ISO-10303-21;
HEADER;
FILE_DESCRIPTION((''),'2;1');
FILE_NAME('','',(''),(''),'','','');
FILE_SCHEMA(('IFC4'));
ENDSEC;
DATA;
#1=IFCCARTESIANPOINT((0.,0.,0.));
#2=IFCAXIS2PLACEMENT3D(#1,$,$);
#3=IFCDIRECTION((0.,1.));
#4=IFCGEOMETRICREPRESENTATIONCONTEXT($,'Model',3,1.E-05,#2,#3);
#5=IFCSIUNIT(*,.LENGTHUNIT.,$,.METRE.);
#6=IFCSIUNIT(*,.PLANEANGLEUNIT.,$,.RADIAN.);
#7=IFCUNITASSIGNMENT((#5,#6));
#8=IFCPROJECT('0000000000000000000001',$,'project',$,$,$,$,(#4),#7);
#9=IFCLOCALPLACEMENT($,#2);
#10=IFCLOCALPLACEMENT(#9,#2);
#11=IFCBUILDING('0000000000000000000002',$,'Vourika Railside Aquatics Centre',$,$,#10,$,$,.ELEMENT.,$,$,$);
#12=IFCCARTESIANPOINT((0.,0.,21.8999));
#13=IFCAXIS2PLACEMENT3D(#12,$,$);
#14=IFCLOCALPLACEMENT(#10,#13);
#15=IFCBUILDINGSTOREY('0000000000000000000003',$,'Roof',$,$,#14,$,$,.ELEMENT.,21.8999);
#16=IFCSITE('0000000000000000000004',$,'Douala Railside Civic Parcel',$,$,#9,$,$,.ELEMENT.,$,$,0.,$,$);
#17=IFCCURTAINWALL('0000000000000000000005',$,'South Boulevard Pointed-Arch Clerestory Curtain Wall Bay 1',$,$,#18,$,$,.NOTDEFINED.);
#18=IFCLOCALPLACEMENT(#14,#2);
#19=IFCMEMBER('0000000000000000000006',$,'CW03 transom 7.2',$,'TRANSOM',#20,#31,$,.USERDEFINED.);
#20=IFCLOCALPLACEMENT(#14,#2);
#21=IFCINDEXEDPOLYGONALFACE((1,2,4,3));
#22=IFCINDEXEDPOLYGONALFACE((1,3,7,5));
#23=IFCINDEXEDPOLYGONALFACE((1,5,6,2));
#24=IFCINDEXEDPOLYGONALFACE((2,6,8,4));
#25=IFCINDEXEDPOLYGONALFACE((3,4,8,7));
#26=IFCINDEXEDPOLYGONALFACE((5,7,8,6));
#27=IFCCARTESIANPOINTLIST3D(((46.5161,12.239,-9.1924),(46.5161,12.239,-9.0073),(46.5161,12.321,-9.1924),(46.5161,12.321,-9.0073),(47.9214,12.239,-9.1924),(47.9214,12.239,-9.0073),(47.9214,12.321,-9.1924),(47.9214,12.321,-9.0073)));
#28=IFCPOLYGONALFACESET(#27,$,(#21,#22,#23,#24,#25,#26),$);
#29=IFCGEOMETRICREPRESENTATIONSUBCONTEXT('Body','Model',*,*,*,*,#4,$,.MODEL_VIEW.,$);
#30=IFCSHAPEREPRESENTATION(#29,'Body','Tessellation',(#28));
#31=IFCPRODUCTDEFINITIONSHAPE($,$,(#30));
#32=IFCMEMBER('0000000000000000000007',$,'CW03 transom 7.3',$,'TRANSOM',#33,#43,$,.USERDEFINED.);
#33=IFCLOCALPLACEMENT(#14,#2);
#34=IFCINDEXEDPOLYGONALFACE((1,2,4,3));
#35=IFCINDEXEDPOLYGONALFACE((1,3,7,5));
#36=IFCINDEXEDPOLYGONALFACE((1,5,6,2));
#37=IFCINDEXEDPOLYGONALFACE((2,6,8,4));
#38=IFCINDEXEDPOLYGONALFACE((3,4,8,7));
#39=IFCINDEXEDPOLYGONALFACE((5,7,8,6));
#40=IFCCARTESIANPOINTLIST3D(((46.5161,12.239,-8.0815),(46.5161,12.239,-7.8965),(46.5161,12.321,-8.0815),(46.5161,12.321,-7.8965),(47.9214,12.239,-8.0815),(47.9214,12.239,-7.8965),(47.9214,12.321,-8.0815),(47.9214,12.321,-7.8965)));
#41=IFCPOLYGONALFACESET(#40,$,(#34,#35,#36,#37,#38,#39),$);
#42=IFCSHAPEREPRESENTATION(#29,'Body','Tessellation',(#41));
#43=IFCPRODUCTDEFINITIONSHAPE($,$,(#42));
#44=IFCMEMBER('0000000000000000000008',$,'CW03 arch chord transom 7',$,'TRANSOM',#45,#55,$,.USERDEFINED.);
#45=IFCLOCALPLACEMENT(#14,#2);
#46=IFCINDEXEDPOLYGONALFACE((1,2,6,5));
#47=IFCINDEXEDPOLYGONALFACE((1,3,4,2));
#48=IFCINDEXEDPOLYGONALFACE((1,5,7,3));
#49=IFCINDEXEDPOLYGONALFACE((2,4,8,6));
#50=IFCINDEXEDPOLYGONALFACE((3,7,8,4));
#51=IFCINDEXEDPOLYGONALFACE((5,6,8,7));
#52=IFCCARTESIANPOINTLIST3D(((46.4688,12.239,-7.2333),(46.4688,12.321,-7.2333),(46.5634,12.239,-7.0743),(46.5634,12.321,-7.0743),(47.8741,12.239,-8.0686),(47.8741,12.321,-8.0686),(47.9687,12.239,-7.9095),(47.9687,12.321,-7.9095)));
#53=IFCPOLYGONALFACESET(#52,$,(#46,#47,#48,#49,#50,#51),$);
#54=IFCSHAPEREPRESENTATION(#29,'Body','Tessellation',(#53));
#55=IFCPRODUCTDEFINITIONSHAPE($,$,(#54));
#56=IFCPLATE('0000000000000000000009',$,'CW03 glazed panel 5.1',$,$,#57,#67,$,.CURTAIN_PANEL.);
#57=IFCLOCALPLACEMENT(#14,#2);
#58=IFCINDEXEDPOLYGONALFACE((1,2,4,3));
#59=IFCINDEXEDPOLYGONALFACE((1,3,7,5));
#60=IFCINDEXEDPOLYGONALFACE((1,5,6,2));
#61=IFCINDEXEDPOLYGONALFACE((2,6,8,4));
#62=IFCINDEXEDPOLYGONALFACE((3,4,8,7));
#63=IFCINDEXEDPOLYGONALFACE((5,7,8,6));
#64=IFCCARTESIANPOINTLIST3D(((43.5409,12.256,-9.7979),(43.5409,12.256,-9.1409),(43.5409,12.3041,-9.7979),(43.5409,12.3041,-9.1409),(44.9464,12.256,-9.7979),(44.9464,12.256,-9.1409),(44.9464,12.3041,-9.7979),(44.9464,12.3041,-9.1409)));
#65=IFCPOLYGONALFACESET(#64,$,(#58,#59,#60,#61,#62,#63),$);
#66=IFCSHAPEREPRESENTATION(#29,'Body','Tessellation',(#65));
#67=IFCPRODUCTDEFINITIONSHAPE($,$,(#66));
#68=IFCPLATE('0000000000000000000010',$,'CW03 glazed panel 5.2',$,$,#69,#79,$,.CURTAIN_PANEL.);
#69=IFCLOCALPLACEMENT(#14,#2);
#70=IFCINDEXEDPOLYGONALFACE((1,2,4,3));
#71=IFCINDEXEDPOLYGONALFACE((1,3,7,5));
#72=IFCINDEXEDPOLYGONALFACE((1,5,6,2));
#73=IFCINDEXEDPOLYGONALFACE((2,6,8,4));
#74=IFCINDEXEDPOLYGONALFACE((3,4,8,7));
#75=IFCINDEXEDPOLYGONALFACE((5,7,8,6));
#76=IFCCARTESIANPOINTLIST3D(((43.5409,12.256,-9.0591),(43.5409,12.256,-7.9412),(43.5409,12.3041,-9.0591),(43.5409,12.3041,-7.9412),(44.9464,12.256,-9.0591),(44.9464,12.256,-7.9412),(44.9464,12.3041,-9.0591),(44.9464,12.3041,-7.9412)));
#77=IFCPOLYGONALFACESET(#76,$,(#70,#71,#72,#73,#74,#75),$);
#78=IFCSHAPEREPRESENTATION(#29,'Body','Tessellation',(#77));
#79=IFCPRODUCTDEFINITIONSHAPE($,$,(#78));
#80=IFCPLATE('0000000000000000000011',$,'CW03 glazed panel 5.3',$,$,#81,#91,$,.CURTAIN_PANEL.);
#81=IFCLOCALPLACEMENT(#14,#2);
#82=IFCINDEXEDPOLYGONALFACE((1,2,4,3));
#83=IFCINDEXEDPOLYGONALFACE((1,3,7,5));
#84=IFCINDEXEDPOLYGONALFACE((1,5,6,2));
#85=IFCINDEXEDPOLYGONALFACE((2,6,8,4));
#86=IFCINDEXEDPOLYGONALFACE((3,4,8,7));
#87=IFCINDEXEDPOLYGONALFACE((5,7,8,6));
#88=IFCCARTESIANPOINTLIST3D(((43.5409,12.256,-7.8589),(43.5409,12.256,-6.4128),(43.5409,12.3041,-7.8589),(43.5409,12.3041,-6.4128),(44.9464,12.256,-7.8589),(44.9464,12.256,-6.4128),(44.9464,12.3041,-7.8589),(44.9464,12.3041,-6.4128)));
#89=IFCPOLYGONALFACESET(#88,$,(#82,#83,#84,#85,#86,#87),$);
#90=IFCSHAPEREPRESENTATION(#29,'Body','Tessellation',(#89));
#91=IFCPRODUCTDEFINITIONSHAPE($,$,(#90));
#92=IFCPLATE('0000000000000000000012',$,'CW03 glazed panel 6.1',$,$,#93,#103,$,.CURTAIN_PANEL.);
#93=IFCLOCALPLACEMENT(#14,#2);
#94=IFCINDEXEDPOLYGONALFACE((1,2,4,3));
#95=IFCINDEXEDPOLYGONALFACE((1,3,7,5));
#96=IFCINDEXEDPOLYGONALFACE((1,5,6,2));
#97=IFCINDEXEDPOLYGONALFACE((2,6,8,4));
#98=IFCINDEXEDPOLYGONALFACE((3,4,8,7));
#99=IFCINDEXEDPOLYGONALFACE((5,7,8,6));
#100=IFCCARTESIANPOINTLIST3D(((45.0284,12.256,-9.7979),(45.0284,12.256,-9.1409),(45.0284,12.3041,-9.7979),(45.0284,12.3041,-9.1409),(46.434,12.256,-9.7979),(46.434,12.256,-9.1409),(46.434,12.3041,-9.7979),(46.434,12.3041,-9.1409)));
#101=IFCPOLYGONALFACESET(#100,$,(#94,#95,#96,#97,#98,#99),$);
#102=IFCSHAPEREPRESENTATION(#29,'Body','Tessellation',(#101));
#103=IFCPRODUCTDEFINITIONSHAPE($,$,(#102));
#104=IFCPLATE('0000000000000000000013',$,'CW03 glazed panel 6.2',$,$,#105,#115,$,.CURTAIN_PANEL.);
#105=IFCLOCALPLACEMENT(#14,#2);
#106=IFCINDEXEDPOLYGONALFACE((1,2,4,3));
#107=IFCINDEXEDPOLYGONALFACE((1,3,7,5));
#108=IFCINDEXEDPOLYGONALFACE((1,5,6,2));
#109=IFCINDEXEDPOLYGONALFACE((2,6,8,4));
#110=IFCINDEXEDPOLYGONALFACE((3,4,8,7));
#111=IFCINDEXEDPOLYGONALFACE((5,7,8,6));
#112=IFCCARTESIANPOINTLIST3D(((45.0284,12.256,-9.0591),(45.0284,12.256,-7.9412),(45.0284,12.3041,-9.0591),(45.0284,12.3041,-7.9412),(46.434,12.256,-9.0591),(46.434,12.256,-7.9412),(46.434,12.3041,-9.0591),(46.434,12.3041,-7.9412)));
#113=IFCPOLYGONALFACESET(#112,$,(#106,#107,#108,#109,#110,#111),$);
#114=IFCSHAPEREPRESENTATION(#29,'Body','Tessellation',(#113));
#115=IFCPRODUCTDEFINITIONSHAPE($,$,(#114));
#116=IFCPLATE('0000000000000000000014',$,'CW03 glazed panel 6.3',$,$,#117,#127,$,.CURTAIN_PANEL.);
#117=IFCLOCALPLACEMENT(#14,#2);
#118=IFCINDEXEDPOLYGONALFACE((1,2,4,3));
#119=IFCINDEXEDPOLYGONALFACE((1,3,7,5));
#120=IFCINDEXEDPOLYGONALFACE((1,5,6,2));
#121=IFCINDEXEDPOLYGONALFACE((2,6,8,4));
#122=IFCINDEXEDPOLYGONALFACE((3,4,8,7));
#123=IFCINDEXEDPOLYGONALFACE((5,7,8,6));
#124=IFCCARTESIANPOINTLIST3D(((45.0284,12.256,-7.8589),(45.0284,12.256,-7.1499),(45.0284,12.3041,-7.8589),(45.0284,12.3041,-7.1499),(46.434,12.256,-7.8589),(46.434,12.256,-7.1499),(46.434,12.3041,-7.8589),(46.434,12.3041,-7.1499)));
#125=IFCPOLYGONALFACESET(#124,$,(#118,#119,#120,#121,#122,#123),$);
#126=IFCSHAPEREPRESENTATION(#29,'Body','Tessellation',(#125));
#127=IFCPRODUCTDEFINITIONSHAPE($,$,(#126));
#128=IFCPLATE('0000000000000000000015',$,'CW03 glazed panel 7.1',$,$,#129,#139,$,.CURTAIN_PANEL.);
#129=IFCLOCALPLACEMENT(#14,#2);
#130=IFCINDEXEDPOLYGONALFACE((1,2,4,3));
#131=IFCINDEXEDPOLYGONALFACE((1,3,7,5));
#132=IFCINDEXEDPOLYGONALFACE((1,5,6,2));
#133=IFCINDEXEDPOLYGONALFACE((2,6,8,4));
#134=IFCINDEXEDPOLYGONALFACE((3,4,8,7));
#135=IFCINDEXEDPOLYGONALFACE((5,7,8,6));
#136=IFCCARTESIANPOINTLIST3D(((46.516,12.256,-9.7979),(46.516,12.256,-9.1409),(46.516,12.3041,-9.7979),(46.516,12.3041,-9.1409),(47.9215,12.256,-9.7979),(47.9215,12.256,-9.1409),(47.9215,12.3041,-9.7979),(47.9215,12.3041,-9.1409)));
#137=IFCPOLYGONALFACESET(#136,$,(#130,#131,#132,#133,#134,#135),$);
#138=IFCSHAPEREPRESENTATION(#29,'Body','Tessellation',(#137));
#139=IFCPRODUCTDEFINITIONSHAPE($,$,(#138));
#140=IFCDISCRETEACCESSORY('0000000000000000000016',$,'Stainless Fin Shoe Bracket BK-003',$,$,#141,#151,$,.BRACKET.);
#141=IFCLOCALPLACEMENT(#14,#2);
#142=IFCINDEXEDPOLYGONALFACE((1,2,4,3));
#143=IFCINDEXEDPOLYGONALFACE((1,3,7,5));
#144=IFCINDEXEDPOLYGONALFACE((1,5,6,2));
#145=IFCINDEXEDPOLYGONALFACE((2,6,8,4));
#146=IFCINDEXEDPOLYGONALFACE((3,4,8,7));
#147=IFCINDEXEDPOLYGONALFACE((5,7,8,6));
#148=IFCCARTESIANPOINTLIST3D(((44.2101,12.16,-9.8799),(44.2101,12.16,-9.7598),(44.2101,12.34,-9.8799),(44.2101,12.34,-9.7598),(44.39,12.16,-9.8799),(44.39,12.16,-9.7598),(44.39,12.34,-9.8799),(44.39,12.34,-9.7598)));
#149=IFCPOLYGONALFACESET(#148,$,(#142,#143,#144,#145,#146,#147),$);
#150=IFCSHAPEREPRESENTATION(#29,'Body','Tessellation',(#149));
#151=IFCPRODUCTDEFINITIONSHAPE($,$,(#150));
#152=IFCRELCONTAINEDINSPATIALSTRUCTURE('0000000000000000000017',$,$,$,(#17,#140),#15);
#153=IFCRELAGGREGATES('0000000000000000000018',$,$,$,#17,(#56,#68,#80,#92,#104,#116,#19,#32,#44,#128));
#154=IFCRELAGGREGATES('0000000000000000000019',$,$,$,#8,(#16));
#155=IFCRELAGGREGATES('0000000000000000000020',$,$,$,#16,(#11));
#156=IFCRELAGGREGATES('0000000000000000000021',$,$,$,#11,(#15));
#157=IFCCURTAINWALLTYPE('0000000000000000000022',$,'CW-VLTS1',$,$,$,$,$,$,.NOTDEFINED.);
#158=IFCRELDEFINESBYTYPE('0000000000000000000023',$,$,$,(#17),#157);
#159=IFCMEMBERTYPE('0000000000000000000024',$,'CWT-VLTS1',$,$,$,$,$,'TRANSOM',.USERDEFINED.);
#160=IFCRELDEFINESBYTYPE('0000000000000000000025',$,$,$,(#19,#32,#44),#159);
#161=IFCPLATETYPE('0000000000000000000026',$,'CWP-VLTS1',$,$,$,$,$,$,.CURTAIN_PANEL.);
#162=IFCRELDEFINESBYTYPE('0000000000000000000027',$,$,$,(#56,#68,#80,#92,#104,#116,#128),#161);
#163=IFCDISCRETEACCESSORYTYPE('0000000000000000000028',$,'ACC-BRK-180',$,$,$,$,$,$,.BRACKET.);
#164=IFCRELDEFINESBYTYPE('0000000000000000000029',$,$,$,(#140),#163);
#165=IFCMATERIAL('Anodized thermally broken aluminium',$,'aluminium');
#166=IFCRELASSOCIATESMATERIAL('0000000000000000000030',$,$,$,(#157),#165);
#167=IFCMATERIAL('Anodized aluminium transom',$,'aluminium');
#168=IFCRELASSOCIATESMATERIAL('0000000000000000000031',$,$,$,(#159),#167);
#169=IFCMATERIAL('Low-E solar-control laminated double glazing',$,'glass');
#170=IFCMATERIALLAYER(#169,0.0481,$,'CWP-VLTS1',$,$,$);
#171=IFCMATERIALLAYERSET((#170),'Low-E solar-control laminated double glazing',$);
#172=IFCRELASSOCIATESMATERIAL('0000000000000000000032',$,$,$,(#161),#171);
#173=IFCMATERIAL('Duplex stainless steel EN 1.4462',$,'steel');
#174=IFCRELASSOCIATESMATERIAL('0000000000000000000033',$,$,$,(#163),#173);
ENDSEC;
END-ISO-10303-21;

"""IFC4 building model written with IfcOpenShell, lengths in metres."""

from ifc_helpers import new_model, si_unit, direction, frame, origin, origin_2d, place, context, subcontext, project, spatial, rectangle, extrude, material, layer, layer_set, material_profile, profile_set, type_object, element, aggregate, save


model = new_model("IFC4")

# Units and contexts
model_context = context("Model", 3, precision=1e-05, world=origin(), true_north=direction((0.0, 1.0)))
body_context = subcontext(model_context, "Body", "Model", "MODEL_VIEW")
ifc_project = project(units=[si_unit("LENGTHUNIT", "METRE"), si_unit("PLANEANGLEUNIT", "RADIAN")], contexts=[model_context])

# Site, building, storey
site_placement = place(None, origin())
site = spatial("IfcSite", under=ifc_project, at=site_placement, Name="Douala Railside Civic Parcel", CompositionType="ELEMENT", RefElevation=0.0)
building_placement = place(site_placement, origin())
building = spatial("IfcBuilding", under=site, at=building_placement, Name="Vourika Railside Aquatics Centre", CompositionType="ELEMENT")
storey_placement = place(building_placement, frame((0.0, 0.0, 21.8999)))
storey = spatial("IfcBuildingStorey", under=building, at=storey_placement, Name="Roof", CompositionType="ELEMENT", Elevation=21.8999)

# Curtain wall, members, plates
ifc_material_1 = material(Name="Anodized thermally broken aluminium", Category="aluminium")
curtain_wall_type = type_object("IfcCurtainWallType", Name="CW-VLTS1", PredefinedType="NOTDEFINED", material=ifc_material_1)
curtain_wall_placement = place(storey_placement, origin())
curtain_wall = element("IfcCurtainWall", 1, at=curtain_wall_placement, inside=storey, type_object=curtain_wall_type, Name="South Boulevard Pointed-Arch Clerestory Curtain Wall Bay 1", PredefinedType="NOTDEFINED")
ifc_material_2 = material(Name="Anodized aluminium transom", Category="aluminium")
ifc_material_profile_1 = material_profile(ifc_material_2, rectangle(XDim=0.082, YDim=0.1851, at=origin_2d()), Name="ALU-T 82x185")
ifc_profile_set_1 = profile_set([ifc_material_profile_1], Name="Anodized aluminium transom")
member_type_1 = type_object("IfcMemberType", Name="CWT-VLTS1", ElementType="TRANSOM", PredefinedType="USERDEFINED", material=ifc_profile_set_1)
member_1_placement = place(storey_placement, frame((46.5161, 12.28, -9.0999), z_axis=(1.0, 0.0, 0.0), x_axis=(0.0, 1.0, 0.0)))
member_1 = element("IfcMember", 2, at=member_1_placement, type_object=member_type_1, Name="CW03 transom 7.2", ObjectType="TRANSOM", PredefinedType="USERDEFINED", context=body_context, shape_type="SweptSolid", body=[
    extrude(rectangle(XDim=0.082, YDim=0.1851, at=origin_2d()), origin(), (0.0, 0.0, 1.0), 1.4053),
])
member_2_placement = place(storey_placement, frame((46.5161, 12.28, -7.989), z_axis=(1.0, 0.0, 0.0), x_axis=(0.0, 1.0, 0.0)))
member_2 = element("IfcMember", 3, at=member_2_placement, type_object=member_type_1, Name="CW03 transom 7.3", ObjectType="TRANSOM", PredefinedType="USERDEFINED", context=body_context, shape_type="SweptSolid", body=[
    extrude(rectangle(XDim=0.082, YDim=0.1851, at=origin_2d()), origin(), (0.0, 0.0, 1.0), 1.4053),
])
member_3_placement = place(storey_placement, frame((46.5161, 12.28, -7.1538), z_axis=(0.859633, 0.0, -0.510911), x_axis=(0.0, 1.0, 0.0)))
member_3 = element("IfcMember", 4, at=member_3_placement, type_object=member_type_1, Name="CW03 arch chord transom 7", ObjectType="TRANSOM", PredefinedType="USERDEFINED", context=body_context, shape_type="SweptSolid", body=[
    extrude(rectangle(XDim=0.082, YDim=0.1851, at=origin_2d()), origin(), (0.0, 0.0, 1.0), 1.6348),
])
ifc_material_3 = material(Name="Low-E solar-control laminated double glazing", Category="glass")
ifc_layer = layer(ifc_material_3, 0.0481, Name="CWP-VLTS1")
ifc_layer_set = layer_set([ifc_layer], Name="Low-E solar-control laminated double glazing")
plate_type = type_object("IfcPlateType", Name="CWP-VLTS1", PredefinedType="CURTAIN_PANEL", material=ifc_layer_set)
plate_1_placement = place(storey_placement, frame((44.2437, 12.28, -9.7979), z_axis=(0.0, 0.0, 1.0), x_axis=(1.0, 0.0, 0.0)))
plate_1 = element("IfcPlate", 5, at=plate_1_placement, type_object=plate_type, Name="CW03 glazed panel 5.1", PredefinedType="CURTAIN_PANEL", context=body_context, shape_type="SweptSolid", body=[
    extrude(rectangle(XDim=1.4055, YDim=0.0481, at=origin_2d()), origin(), (0.0, 0.0, 1.0), 0.657),
])
plate_2_placement = place(storey_placement, frame((44.2437, 12.28, -9.0591), z_axis=(0.0, 0.0, 1.0), x_axis=(1.0, 0.0, 0.0)))
plate_2 = element("IfcPlate", 6, at=plate_2_placement, type_object=plate_type, Name="CW03 glazed panel 5.2", PredefinedType="CURTAIN_PANEL", context=body_context, shape_type="SweptSolid", body=[
    extrude(rectangle(XDim=1.4055, YDim=0.0481, at=origin_2d()), origin(), (0.0, 0.0, 1.0), 1.1179),
])
plate_3_placement = place(storey_placement, frame((44.2437, 12.28, -7.8589), z_axis=(0.0, 0.0, 1.0), x_axis=(1.0, 0.0, 0.0)))
plate_3 = element("IfcPlate", 7, at=plate_3_placement, type_object=plate_type, Name="CW03 glazed panel 5.3", PredefinedType="CURTAIN_PANEL", context=body_context, shape_type="SweptSolid", body=[
    extrude(rectangle(XDim=1.4055, YDim=0.0481, at=origin_2d()), origin(), (0.0, 0.0, 1.0), 1.446),
])
plate_4_placement = place(storey_placement, frame((45.7312, 12.28, -9.7979), z_axis=(0.0, 0.0, 1.0), x_axis=(1.0, 0.0, 0.0)))
plate_4 = element("IfcPlate", 8, at=plate_4_placement, type_object=plate_type, Name="CW03 glazed panel 6.1", PredefinedType="CURTAIN_PANEL", context=body_context, shape_type="SweptSolid", body=[
    extrude(rectangle(XDim=1.4055, YDim=0.0481, at=origin_2d()), origin(), (0.0, 0.0, 1.0), 0.657),
])
plate_5_placement = place(storey_placement, frame((45.7312, 12.28, -9.0591), z_axis=(0.0, 0.0, 1.0), x_axis=(1.0, 0.0, 0.0)))
plate_5 = element("IfcPlate", 9, at=plate_5_placement, type_object=plate_type, Name="CW03 glazed panel 6.2", PredefinedType="CURTAIN_PANEL", context=body_context, shape_type="SweptSolid", body=[
    extrude(rectangle(XDim=1.4055, YDim=0.0481, at=origin_2d()), origin(), (0.0, 0.0, 1.0), 1.1179),
])
plate_6_placement = place(storey_placement, frame((45.7312, 12.28, -7.8589), z_axis=(0.0, 0.0, 1.0), x_axis=(1.0, 0.0, 0.0)))
plate_6 = element("IfcPlate", 10, at=plate_6_placement, type_object=plate_type, Name="CW03 glazed panel 6.3", PredefinedType="CURTAIN_PANEL", context=body_context, shape_type="SweptSolid", body=[
    extrude(rectangle(XDim=1.4055, YDim=0.0481, at=origin_2d()), origin(), (0.0, 0.0, 1.0), 0.709),
])
plate_7_placement = place(storey_placement, frame((47.2188, 12.28, -9.7979), z_axis=(0.0, 0.0, 1.0), x_axis=(1.0, 0.0, 0.0)))
plate_7 = element("IfcPlate", 11, at=plate_7_placement, type_object=plate_type, Name="CW03 glazed panel 7.1", PredefinedType="CURTAIN_PANEL", context=body_context, shape_type="SweptSolid", body=[
    extrude(rectangle(XDim=1.4055, YDim=0.0481, at=origin_2d()), origin(), (0.0, 0.0, 1.0), 0.657),
])
aggregate(curtain_wall, [plate_1, plate_2, plate_3, plate_4, plate_5, plate_6, member_1, member_2, member_3, plate_7])

# Discrete accessory
ifc_material_4 = material(Name="Duplex stainless steel EN 1.4462", Category="steel")
discrete_accessory_type = type_object("IfcDiscreteAccessoryType", Name="ACC-BRK-180", PredefinedType="BRACKET", material=ifc_material_4)
discrete_accessory_placement = place(storey_placement, frame((44.3, 12.25, -9.8799), z_axis=(0.0, 0.0, 1.0), x_axis=(0.0, -1.0, 0.0)))
element("IfcDiscreteAccessory", 12, at=discrete_accessory_placement, inside=storey, type_object=discrete_accessory_type, Name="Stainless Fin Shoe Bracket BK-003", PredefinedType="BRACKET", context=body_context, shape_type="SweptSolid", body=[
    extrude(rectangle(XDim=0.1799, YDim=0.1799, at=origin_2d()), origin(), (0.0, 0.0, 1.0), 0.1201),
])

save(model, "model.ifc")
